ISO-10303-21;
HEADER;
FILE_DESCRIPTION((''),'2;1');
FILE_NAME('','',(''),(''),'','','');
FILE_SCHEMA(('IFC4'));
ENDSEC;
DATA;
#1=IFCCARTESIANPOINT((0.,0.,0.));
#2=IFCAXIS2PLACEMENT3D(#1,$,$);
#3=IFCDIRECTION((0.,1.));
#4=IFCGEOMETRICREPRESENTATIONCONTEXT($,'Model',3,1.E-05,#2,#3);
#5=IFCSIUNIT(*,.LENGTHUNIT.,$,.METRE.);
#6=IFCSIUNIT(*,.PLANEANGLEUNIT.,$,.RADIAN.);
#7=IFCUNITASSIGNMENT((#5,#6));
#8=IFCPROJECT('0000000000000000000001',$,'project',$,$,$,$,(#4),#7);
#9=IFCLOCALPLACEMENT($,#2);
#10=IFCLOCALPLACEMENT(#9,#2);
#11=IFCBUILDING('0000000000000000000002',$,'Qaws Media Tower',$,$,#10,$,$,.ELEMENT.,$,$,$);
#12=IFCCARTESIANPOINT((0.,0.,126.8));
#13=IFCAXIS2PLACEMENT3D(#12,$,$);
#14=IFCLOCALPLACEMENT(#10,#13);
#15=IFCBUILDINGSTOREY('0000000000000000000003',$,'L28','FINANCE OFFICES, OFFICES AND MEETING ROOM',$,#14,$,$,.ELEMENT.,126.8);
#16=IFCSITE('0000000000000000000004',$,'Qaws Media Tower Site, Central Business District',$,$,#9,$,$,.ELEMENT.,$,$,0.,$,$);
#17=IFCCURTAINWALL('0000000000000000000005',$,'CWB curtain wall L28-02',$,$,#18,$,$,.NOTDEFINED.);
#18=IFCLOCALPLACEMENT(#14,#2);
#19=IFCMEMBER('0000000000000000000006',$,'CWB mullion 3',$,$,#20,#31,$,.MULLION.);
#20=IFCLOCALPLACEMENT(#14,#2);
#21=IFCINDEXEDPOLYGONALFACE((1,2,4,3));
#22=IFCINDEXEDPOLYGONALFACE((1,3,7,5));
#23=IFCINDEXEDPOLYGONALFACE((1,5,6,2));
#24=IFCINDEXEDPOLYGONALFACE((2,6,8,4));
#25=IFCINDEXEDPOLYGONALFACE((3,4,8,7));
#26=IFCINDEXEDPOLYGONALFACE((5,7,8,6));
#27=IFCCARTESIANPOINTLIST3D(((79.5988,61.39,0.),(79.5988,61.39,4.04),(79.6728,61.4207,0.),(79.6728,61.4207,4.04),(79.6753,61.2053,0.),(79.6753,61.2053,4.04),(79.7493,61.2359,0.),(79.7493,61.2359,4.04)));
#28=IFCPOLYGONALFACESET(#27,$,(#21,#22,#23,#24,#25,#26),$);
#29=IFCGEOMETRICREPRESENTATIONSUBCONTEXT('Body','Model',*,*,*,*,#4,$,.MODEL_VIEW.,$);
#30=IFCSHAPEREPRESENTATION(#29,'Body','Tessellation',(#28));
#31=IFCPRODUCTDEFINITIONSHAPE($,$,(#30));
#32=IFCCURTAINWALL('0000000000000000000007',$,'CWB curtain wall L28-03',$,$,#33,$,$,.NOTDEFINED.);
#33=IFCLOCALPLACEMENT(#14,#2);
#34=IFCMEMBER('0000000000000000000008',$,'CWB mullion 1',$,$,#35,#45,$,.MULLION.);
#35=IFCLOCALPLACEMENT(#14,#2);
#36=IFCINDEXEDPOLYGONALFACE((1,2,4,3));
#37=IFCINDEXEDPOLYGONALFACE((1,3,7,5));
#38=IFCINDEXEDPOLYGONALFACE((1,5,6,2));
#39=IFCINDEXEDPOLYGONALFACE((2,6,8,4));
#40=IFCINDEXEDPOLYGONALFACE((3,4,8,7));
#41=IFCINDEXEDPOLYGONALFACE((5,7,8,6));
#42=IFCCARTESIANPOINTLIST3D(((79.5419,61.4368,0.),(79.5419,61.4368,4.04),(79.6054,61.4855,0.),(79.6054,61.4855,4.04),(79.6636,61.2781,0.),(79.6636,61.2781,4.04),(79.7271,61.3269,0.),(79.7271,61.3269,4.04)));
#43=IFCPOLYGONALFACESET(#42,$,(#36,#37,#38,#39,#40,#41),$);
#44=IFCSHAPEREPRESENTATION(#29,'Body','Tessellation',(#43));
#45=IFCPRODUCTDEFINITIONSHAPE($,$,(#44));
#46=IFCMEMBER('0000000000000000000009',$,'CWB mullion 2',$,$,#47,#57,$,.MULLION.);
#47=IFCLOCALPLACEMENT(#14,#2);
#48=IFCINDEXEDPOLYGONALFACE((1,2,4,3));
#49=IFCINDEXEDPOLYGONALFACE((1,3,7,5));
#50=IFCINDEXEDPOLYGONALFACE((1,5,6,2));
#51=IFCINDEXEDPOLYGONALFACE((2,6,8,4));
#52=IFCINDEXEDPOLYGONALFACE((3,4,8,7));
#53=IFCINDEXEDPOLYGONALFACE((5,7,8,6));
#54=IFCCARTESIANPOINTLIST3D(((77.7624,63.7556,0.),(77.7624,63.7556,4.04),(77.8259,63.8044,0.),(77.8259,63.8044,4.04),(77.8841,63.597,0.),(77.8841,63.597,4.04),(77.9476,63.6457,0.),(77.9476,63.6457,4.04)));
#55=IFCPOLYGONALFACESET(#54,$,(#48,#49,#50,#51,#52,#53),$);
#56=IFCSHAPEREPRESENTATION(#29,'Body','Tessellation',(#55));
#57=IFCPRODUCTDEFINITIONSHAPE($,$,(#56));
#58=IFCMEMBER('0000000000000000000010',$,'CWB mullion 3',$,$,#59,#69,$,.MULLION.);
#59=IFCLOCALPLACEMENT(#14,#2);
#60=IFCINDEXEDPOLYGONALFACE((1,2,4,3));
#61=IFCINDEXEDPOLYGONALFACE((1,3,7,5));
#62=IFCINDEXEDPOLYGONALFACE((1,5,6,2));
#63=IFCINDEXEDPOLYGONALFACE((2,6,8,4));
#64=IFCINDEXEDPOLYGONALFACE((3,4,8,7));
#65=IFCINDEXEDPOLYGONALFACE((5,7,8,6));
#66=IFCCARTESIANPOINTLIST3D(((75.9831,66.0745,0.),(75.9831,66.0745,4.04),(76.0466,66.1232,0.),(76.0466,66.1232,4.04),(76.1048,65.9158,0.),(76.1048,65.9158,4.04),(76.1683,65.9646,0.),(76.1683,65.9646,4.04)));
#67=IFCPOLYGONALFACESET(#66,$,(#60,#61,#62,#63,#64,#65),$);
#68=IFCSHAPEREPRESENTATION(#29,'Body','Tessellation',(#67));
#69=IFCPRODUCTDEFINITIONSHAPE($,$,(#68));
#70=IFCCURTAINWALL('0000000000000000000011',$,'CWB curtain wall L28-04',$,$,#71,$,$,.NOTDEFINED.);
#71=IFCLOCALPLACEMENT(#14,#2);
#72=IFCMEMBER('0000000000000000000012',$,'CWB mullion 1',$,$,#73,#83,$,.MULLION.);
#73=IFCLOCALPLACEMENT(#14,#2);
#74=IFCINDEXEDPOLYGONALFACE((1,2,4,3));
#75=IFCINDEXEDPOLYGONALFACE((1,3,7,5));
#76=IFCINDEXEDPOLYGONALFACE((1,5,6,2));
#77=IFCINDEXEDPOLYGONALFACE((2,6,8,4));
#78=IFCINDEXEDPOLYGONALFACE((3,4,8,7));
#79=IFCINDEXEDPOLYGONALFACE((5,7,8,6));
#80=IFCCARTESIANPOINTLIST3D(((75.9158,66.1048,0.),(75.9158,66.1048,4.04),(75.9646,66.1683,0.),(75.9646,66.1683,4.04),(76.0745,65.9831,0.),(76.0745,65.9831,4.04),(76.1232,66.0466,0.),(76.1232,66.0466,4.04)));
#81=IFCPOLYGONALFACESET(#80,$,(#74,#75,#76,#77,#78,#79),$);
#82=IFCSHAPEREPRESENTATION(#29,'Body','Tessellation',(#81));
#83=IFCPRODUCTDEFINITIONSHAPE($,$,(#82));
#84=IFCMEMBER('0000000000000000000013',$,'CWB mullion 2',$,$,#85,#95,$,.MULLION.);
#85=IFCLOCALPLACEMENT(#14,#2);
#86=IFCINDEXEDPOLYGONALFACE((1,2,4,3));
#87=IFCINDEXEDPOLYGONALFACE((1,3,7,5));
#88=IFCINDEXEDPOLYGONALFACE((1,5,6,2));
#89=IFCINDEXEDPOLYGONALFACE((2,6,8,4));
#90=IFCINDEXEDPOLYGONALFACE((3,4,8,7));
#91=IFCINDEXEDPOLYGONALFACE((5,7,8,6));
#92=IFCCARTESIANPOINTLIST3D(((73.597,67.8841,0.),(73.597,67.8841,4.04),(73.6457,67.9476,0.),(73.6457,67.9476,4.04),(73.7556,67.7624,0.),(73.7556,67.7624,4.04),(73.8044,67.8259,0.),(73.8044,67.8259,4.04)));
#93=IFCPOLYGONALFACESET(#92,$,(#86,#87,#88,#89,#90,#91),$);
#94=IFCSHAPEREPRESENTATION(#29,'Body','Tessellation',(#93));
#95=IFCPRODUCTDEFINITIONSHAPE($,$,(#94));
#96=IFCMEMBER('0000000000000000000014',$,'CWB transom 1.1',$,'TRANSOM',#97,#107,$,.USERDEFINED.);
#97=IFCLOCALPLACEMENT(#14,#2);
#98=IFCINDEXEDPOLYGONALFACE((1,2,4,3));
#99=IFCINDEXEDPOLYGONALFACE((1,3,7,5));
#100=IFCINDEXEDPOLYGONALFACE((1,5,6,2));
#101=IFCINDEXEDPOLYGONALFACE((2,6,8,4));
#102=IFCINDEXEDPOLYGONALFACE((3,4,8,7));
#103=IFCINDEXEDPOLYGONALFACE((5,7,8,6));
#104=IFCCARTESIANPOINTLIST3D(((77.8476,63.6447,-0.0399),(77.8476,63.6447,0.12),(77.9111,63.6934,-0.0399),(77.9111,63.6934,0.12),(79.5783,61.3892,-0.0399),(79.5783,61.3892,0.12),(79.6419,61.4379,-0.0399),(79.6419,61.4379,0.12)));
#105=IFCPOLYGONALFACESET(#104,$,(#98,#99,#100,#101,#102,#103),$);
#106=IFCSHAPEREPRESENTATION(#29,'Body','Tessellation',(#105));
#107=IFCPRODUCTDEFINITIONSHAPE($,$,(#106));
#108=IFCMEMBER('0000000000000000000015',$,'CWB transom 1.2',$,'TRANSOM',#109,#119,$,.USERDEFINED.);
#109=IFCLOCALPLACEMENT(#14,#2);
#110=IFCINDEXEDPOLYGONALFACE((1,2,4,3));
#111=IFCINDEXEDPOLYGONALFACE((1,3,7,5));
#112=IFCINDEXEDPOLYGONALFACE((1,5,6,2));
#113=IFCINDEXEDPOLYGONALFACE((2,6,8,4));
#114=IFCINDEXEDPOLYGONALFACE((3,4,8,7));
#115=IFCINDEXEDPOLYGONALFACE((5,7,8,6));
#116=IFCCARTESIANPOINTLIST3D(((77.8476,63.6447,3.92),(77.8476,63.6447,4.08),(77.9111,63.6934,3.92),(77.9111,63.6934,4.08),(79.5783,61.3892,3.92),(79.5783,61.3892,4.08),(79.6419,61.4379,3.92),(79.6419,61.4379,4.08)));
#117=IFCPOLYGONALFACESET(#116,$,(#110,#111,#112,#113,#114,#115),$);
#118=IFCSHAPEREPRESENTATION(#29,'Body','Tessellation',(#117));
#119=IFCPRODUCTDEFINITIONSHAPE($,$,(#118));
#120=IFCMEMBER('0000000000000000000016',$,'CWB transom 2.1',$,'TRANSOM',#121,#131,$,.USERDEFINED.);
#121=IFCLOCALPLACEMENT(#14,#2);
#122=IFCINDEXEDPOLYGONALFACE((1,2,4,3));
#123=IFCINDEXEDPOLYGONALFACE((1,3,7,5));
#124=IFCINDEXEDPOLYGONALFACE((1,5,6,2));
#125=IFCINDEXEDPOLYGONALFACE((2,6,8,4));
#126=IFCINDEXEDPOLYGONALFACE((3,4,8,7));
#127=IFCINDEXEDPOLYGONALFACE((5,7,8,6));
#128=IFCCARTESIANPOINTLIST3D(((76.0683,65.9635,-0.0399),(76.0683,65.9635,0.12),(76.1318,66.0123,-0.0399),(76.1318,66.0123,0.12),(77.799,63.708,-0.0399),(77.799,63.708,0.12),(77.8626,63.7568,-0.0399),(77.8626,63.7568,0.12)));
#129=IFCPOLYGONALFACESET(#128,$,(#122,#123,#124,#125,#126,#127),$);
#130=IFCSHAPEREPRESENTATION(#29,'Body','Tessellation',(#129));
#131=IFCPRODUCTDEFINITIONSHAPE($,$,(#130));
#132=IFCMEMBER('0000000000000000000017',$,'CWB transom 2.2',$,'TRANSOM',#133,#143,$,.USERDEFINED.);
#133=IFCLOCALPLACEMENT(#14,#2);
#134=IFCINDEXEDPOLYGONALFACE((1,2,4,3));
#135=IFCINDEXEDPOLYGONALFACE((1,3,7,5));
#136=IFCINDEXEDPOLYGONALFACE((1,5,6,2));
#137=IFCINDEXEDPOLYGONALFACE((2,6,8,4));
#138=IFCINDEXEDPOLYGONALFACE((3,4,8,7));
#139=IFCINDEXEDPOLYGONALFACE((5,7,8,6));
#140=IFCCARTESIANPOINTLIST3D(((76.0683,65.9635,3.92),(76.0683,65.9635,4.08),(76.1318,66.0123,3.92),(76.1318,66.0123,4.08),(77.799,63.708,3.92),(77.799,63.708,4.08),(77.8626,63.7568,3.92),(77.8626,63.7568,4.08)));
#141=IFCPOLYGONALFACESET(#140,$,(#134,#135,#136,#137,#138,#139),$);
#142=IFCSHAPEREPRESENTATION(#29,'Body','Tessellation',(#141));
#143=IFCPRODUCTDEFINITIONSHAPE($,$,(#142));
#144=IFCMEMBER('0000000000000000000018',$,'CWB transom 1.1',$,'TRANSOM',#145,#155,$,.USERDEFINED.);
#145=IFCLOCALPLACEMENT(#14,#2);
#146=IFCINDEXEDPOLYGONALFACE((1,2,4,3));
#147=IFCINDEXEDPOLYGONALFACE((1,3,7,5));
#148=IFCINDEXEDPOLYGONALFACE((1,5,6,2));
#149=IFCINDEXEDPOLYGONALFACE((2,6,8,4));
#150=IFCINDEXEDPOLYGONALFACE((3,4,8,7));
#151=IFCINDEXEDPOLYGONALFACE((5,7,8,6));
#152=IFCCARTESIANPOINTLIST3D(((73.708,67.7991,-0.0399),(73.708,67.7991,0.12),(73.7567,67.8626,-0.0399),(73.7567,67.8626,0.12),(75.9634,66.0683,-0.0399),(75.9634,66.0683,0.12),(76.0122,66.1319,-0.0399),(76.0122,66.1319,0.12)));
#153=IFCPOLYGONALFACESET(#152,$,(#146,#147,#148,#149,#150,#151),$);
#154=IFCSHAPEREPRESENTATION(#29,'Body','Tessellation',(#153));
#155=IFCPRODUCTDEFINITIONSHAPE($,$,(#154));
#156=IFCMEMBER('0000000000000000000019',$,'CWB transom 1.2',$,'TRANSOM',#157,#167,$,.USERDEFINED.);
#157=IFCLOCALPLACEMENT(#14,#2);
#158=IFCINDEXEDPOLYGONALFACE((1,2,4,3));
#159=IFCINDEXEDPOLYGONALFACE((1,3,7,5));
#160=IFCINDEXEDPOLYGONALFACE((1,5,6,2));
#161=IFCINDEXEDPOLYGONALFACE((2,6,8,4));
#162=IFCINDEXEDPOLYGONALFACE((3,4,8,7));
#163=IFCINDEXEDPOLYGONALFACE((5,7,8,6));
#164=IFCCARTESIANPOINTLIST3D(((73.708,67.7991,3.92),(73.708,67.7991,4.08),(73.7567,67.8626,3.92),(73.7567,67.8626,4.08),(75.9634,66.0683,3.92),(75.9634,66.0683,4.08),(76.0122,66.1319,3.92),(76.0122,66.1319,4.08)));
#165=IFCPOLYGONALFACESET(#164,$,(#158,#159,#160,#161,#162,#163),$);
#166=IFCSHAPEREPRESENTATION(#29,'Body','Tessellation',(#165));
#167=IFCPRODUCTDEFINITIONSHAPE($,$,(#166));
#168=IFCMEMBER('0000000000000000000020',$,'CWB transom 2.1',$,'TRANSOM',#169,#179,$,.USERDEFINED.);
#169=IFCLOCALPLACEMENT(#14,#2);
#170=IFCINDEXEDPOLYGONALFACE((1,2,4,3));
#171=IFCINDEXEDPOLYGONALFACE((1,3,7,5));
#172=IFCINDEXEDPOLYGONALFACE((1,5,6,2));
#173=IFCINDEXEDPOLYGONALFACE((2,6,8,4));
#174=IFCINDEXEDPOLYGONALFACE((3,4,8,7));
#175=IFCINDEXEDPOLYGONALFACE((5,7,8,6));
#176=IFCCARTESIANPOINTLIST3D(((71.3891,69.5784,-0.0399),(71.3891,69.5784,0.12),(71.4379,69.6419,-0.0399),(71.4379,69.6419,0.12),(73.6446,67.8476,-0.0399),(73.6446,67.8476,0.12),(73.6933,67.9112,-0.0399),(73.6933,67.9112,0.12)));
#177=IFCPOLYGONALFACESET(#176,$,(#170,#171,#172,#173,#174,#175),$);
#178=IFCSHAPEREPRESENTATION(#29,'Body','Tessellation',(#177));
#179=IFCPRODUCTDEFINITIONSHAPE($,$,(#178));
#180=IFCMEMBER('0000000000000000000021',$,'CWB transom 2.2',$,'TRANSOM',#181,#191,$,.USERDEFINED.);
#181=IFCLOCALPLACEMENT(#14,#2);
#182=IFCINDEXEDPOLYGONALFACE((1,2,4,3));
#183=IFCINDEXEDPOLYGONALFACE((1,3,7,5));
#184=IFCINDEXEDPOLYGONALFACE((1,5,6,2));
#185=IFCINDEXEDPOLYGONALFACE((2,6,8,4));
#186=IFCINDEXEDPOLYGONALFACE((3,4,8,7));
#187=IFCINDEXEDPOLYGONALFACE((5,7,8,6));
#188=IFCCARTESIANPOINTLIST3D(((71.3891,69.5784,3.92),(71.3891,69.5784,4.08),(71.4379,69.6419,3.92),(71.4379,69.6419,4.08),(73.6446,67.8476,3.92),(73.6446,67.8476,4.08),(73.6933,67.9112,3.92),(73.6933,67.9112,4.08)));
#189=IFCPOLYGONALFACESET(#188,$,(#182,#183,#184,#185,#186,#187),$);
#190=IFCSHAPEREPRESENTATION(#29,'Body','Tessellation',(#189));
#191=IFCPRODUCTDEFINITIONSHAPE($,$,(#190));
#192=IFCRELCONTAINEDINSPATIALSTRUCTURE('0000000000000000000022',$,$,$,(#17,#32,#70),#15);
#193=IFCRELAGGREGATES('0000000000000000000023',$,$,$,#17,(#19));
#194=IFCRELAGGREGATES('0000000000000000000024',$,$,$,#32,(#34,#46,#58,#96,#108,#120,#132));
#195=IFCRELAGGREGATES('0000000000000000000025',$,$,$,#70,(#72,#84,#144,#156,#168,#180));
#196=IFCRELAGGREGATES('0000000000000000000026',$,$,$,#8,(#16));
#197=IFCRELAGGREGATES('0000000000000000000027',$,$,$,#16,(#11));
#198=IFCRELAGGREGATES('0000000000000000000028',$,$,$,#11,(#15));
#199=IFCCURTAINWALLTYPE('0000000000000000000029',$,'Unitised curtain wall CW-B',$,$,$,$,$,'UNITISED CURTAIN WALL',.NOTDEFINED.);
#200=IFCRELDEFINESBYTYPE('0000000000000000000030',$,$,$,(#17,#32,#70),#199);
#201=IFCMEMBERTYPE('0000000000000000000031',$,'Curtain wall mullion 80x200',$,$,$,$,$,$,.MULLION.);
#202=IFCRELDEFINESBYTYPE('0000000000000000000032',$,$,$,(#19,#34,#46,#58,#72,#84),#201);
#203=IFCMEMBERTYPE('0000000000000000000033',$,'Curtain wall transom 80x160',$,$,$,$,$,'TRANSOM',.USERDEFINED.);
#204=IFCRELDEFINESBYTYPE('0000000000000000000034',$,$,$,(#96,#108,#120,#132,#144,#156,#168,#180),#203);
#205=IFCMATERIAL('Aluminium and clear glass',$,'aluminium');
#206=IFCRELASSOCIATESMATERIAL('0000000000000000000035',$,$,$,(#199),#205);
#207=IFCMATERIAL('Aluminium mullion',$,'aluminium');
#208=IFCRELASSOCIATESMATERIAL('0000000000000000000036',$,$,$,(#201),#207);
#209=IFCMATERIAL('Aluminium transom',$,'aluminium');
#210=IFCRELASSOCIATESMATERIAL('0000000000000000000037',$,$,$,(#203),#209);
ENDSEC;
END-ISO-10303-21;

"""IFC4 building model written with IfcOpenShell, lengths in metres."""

from ifc_helpers import new_model, si_unit, direction, frame, origin, origin_2d, place, context, subcontext, project, spatial, rectangle, extrude, material, material_profile, profile_set, type_object, element, aggregate, save


model = new_model("IFC4")

# Units and contexts
model_context = context("Model", 3, precision=1e-05, world=origin(), true_north=direction((0.0, 1.0)))
body_context = subcontext(model_context, "Body", "Model", "MODEL_VIEW")
ifc_project = project(units=[si_unit("LENGTHUNIT", "METRE"), si_unit("PLANEANGLEUNIT", "RADIAN")], contexts=[model_context])

# Site, building, storey
site_placement = place(None, origin())
site = spatial("IfcSite", under=ifc_project, at=site_placement, Name="Qaws Media Tower Site, Central Business District", CompositionType="ELEMENT", RefElevation=0.0)
building_placement = place(site_placement, origin())
building = spatial("IfcBuilding", under=site, at=building_placement, Name="Qaws Media Tower", CompositionType="ELEMENT")
storey_placement = place(building_placement, frame((0.0, 0.0, 126.8)))
storey = spatial("IfcBuildingStorey", under=building, at=storey_placement, Name="L28", Description="FINANCE OFFICES, OFFICES AND MEETING ROOM", CompositionType="ELEMENT", Elevation=126.8)

# Curtain wall, member
ifc_material_1 = material(Name="Aluminium and clear glass", Category="aluminium")
curtain_wall_type = type_object("IfcCurtainWallType", Name="Unitised curtain wall CW-B", ElementType="UNITISED CURTAIN WALL", PredefinedType="NOTDEFINED", material=ifc_material_1)
curtain_wall_1_placement = place(storey_placement, origin())
curtain_wall_1 = element("IfcCurtainWall", 1, at=curtain_wall_1_placement, inside=storey, type_object=curtain_wall_type, Name="CWB curtain wall L28-02", PredefinedType="NOTDEFINED")
ifc_material_2 = material(Name="Aluminium mullion", Category="aluminium")
ifc_material_profile_1 = material_profile(ifc_material_2, rectangle(XDim=0.0801, YDim=0.2, at=origin_2d()), Name="80x200")
ifc_profile_set_1 = profile_set([ifc_material_profile_1], Name="Aluminium mullion")
member_type_1 = type_object("IfcMemberType", Name="Curtain wall mullion 80x200", PredefinedType="MULLION", material=ifc_profile_set_1)
member_1_placement = place(storey_placement, frame((79.6741, 61.313, 0.0), z_axis=(0.0, 0.0, 1.0), x_axis=(-0.92388, -0.382683, 0.0)))
member_1 = element("IfcMember", 2, at=member_1_placement, type_object=member_type_1, Name="CWB mullion 3", PredefinedType="MULLION", context=body_context, shape_type="SweptSolid", body=[
    extrude(rectangle(XDim=0.0801, YDim=0.2, at=origin_2d()), origin(), (0.0, 0.0, 1.0), 4.04),
])
aggregate(curtain_wall_1, [member_1])

# Curtain walls, members
curtain_wall_2_placement = place(storey_placement, origin())
curtain_wall_2 = element("IfcCurtainWall", 3, at=curtain_wall_2_placement, inside=storey, type_object=curtain_wall_type, Name="CWB curtain wall L28-03", PredefinedType="NOTDEFINED")
member_2_placement = place(storey_placement, frame((79.6345, 61.3818, 0.0), z_axis=(0.0, 0.0, 1.0), x_axis=(-0.793353, -0.608761, 0.0)))
member_2 = element("IfcMember", 4, at=member_2_placement, type_object=member_type_1, Name="CWB mullion 1", PredefinedType="MULLION", context=body_context, shape_type="SweptSolid", body=[
    extrude(rectangle(XDim=0.0801, YDim=0.2, at=origin_2d()), origin(), (0.0, 0.0, 1.0), 4.04),
])
member_3_placement = place(storey_placement, frame((77.855, 63.7007, 0.0), z_axis=(0.0, 0.0, 1.0), x_axis=(-0.793353, -0.608761, 0.0)))
member_3 = element("IfcMember", 5, at=member_3_placement, type_object=member_type_1, Name="CWB mullion 2", PredefinedType="MULLION", context=body_context, shape_type="SweptSolid", body=[
    extrude(rectangle(XDim=0.0801, YDim=0.2, at=origin_2d()), origin(), (0.0, 0.0, 1.0), 4.04),
])
member_4_placement = place(storey_placement, frame((76.0757, 66.0195, 0.0), z_axis=(0.0, 0.0, 1.0), x_axis=(-0.793353, -0.608761, 0.0)))
member_4 = element("IfcMember", 6, at=member_4_placement, type_object=member_type_1, Name="CWB mullion 3", PredefinedType="MULLION", context=body_context, shape_type="SweptSolid", body=[
    extrude(rectangle(XDim=0.0801, YDim=0.2, at=origin_2d()), origin(), (0.0, 0.0, 1.0), 4.04),
])
curtain_wall_3_placement = place(storey_placement, origin())
curtain_wall_3 = element("IfcCurtainWall", 7, at=curtain_wall_3_placement, inside=storey, type_object=curtain_wall_type, Name="CWB curtain wall L28-04", PredefinedType="NOTDEFINED")
member_5_placement = place(storey_placement, frame((76.0195, 66.0757, 0.0), z_axis=(0.0, 0.0, 1.0), x_axis=(-0.608761, -0.793353, 0.0)))
member_5 = element("IfcMember", 8, at=member_5_placement, type_object=member_type_1, Name="CWB mullion 1", PredefinedType="MULLION", context=body_context, shape_type="SweptSolid", body=[
    extrude(rectangle(XDim=0.0801, YDim=0.2, at=origin_2d()), origin(), (0.0, 0.0, 1.0), 4.04),
])
member_6_placement = place(storey_placement, frame((73.7007, 67.855, 0.0), z_axis=(0.0, 0.0, 1.0), x_axis=(-0.608761, -0.793353, 0.0)))
member_6 = element("IfcMember", 9, at=member_6_placement, type_object=member_type_1, Name="CWB mullion 2", PredefinedType="MULLION", context=body_context, shape_type="SweptSolid", body=[
    extrude(rectangle(XDim=0.0801, YDim=0.2, at=origin_2d()), origin(), (0.0, 0.0, 1.0), 4.04),
])

# Members
ifc_material_3 = material(Name="Aluminium transom", Category="aluminium")
ifc_material_profile_2 = material_profile(ifc_material_3, rectangle(XDim=0.0801, YDim=0.1599, at=origin_2d()), Name="80x160")
ifc_profile_set_2 = profile_set([ifc_material_profile_2], Name="Aluminium transom")
member_type_2 = type_object("IfcMemberType", Name="Curtain wall transom 80x160", ElementType="TRANSOM", PredefinedType="USERDEFINED", material=ifc_profile_set_2)
member_7_placement = place(storey_placement, frame((79.6101, 61.4136, 0.04), z_axis=(-0.608785, 0.793335, 0.0), x_axis=(-0.793335, -0.608785, 0.0)))
member_7 = element("IfcMember", 10, at=member_7_placement, type_object=member_type_2, Name="CWB transom 1.1", ObjectType="TRANSOM", PredefinedType="USERDEFINED", context=body_context, shape_type="SweptSolid", body=[
    extrude(rectangle(XDim=0.0801, YDim=0.1599, at=origin_2d()), origin(), (0.0, 0.0, 1.0), 2.843),
])
member_8_placement = place(storey_placement, frame((79.6101, 61.4136, 4.0), z_axis=(-0.608785, 0.793335, 0.0), x_axis=(-0.793335, -0.608785, 0.0)))
member_8 = element("IfcMember", 11, at=member_8_placement, type_object=member_type_2, Name="CWB transom 1.2", ObjectType="TRANSOM", PredefinedType="USERDEFINED", context=body_context, shape_type="SweptSolid", body=[
    extrude(rectangle(XDim=0.0801, YDim=0.1599, at=origin_2d()), origin(), (0.0, 0.0, 1.0), 2.843),
])
member_9_placement = place(storey_placement, frame((77.8308, 63.7324, 0.04), z_axis=(-0.608785, 0.793335, 0.0), x_axis=(-0.793335, -0.608785, 0.0)))
member_9 = element("IfcMember", 12, at=member_9_placement, type_object=member_type_2, Name="CWB transom 2.1", ObjectType="TRANSOM", PredefinedType="USERDEFINED", context=body_context, shape_type="SweptSolid", body=[
    extrude(rectangle(XDim=0.0801, YDim=0.1599, at=origin_2d()), origin(), (0.0, 0.0, 1.0), 2.843),
])
member_10_placement = place(storey_placement, frame((77.8308, 63.7324, 4.0), z_axis=(-0.608785, 0.793335, 0.0), x_axis=(-0.793335, -0.608785, 0.0)))
member_10 = element("IfcMember", 13, at=member_10_placement, type_object=member_type_2, Name="CWB transom 2.2", ObjectType="TRANSOM", PredefinedType="USERDEFINED", context=body_context, shape_type="SweptSolid", body=[
    extrude(rectangle(XDim=0.0801, YDim=0.1599, at=origin_2d()), origin(), (0.0, 0.0, 1.0), 2.843),
])
member_11_placement = place(storey_placement, frame((75.9878, 66.1001, 0.04), z_axis=(-0.793335, 0.608785, 0.0), x_axis=(-0.608785, -0.793335, 0.0)))
member_11 = element("IfcMember", 14, at=member_11_placement, type_object=member_type_2, Name="CWB transom 1.1", ObjectType="TRANSOM", PredefinedType="USERDEFINED", context=body_context, shape_type="SweptSolid", body=[
    extrude(rectangle(XDim=0.0801, YDim=0.1599, at=origin_2d()), origin(), (0.0, 0.0, 1.0), 2.843),
])
member_12_placement = place(storey_placement, frame((75.9878, 66.1001, 4.0), z_axis=(-0.793335, 0.608785, 0.0), x_axis=(-0.608785, -0.793335, 0.0)))
member_12 = element("IfcMember", 15, at=member_12_placement, type_object=member_type_2, Name="CWB transom 1.2", ObjectType="TRANSOM", PredefinedType="USERDEFINED", context=body_context, shape_type="SweptSolid", body=[
    extrude(rectangle(XDim=0.0801, YDim=0.1599, at=origin_2d()), origin(), (0.0, 0.0, 1.0), 2.843),
])
member_13_placement = place(storey_placement, frame((73.6689, 67.8794, 0.04), z_axis=(-0.793335, 0.608785, 0.0), x_axis=(-0.608785, -0.793335, 0.0)))
member_13 = element("IfcMember", 16, at=member_13_placement, type_object=member_type_2, Name="CWB transom 2.1", ObjectType="TRANSOM", PredefinedType="USERDEFINED", context=body_context, shape_type="SweptSolid", body=[
    extrude(rectangle(XDim=0.0801, YDim=0.1599, at=origin_2d()), origin(), (0.0, 0.0, 1.0), 2.843),
])
member_14_placement = place(storey_placement, frame((73.6689, 67.8794, 4.0), z_axis=(-0.793335, 0.608785, 0.0), x_axis=(-0.608785, -0.793335, 0.0)))
member_14 = element("IfcMember", 17, at=member_14_placement, type_object=member_type_2, Name="CWB transom 2.2", ObjectType="TRANSOM", PredefinedType="USERDEFINED", context=body_context, shape_type="SweptSolid", body=[
    extrude(rectangle(XDim=0.0801, YDim=0.1599, at=origin_2d()), origin(), (0.0, 0.0, 1.0), 2.843),
])

aggregate(curtain_wall_2, [member_2, member_3, member_4, member_7, member_8, member_9, member_10])
aggregate(curtain_wall_3, [member_5, member_6, member_11, member_12, member_13, member_14])

save(model, "model.ifc")
